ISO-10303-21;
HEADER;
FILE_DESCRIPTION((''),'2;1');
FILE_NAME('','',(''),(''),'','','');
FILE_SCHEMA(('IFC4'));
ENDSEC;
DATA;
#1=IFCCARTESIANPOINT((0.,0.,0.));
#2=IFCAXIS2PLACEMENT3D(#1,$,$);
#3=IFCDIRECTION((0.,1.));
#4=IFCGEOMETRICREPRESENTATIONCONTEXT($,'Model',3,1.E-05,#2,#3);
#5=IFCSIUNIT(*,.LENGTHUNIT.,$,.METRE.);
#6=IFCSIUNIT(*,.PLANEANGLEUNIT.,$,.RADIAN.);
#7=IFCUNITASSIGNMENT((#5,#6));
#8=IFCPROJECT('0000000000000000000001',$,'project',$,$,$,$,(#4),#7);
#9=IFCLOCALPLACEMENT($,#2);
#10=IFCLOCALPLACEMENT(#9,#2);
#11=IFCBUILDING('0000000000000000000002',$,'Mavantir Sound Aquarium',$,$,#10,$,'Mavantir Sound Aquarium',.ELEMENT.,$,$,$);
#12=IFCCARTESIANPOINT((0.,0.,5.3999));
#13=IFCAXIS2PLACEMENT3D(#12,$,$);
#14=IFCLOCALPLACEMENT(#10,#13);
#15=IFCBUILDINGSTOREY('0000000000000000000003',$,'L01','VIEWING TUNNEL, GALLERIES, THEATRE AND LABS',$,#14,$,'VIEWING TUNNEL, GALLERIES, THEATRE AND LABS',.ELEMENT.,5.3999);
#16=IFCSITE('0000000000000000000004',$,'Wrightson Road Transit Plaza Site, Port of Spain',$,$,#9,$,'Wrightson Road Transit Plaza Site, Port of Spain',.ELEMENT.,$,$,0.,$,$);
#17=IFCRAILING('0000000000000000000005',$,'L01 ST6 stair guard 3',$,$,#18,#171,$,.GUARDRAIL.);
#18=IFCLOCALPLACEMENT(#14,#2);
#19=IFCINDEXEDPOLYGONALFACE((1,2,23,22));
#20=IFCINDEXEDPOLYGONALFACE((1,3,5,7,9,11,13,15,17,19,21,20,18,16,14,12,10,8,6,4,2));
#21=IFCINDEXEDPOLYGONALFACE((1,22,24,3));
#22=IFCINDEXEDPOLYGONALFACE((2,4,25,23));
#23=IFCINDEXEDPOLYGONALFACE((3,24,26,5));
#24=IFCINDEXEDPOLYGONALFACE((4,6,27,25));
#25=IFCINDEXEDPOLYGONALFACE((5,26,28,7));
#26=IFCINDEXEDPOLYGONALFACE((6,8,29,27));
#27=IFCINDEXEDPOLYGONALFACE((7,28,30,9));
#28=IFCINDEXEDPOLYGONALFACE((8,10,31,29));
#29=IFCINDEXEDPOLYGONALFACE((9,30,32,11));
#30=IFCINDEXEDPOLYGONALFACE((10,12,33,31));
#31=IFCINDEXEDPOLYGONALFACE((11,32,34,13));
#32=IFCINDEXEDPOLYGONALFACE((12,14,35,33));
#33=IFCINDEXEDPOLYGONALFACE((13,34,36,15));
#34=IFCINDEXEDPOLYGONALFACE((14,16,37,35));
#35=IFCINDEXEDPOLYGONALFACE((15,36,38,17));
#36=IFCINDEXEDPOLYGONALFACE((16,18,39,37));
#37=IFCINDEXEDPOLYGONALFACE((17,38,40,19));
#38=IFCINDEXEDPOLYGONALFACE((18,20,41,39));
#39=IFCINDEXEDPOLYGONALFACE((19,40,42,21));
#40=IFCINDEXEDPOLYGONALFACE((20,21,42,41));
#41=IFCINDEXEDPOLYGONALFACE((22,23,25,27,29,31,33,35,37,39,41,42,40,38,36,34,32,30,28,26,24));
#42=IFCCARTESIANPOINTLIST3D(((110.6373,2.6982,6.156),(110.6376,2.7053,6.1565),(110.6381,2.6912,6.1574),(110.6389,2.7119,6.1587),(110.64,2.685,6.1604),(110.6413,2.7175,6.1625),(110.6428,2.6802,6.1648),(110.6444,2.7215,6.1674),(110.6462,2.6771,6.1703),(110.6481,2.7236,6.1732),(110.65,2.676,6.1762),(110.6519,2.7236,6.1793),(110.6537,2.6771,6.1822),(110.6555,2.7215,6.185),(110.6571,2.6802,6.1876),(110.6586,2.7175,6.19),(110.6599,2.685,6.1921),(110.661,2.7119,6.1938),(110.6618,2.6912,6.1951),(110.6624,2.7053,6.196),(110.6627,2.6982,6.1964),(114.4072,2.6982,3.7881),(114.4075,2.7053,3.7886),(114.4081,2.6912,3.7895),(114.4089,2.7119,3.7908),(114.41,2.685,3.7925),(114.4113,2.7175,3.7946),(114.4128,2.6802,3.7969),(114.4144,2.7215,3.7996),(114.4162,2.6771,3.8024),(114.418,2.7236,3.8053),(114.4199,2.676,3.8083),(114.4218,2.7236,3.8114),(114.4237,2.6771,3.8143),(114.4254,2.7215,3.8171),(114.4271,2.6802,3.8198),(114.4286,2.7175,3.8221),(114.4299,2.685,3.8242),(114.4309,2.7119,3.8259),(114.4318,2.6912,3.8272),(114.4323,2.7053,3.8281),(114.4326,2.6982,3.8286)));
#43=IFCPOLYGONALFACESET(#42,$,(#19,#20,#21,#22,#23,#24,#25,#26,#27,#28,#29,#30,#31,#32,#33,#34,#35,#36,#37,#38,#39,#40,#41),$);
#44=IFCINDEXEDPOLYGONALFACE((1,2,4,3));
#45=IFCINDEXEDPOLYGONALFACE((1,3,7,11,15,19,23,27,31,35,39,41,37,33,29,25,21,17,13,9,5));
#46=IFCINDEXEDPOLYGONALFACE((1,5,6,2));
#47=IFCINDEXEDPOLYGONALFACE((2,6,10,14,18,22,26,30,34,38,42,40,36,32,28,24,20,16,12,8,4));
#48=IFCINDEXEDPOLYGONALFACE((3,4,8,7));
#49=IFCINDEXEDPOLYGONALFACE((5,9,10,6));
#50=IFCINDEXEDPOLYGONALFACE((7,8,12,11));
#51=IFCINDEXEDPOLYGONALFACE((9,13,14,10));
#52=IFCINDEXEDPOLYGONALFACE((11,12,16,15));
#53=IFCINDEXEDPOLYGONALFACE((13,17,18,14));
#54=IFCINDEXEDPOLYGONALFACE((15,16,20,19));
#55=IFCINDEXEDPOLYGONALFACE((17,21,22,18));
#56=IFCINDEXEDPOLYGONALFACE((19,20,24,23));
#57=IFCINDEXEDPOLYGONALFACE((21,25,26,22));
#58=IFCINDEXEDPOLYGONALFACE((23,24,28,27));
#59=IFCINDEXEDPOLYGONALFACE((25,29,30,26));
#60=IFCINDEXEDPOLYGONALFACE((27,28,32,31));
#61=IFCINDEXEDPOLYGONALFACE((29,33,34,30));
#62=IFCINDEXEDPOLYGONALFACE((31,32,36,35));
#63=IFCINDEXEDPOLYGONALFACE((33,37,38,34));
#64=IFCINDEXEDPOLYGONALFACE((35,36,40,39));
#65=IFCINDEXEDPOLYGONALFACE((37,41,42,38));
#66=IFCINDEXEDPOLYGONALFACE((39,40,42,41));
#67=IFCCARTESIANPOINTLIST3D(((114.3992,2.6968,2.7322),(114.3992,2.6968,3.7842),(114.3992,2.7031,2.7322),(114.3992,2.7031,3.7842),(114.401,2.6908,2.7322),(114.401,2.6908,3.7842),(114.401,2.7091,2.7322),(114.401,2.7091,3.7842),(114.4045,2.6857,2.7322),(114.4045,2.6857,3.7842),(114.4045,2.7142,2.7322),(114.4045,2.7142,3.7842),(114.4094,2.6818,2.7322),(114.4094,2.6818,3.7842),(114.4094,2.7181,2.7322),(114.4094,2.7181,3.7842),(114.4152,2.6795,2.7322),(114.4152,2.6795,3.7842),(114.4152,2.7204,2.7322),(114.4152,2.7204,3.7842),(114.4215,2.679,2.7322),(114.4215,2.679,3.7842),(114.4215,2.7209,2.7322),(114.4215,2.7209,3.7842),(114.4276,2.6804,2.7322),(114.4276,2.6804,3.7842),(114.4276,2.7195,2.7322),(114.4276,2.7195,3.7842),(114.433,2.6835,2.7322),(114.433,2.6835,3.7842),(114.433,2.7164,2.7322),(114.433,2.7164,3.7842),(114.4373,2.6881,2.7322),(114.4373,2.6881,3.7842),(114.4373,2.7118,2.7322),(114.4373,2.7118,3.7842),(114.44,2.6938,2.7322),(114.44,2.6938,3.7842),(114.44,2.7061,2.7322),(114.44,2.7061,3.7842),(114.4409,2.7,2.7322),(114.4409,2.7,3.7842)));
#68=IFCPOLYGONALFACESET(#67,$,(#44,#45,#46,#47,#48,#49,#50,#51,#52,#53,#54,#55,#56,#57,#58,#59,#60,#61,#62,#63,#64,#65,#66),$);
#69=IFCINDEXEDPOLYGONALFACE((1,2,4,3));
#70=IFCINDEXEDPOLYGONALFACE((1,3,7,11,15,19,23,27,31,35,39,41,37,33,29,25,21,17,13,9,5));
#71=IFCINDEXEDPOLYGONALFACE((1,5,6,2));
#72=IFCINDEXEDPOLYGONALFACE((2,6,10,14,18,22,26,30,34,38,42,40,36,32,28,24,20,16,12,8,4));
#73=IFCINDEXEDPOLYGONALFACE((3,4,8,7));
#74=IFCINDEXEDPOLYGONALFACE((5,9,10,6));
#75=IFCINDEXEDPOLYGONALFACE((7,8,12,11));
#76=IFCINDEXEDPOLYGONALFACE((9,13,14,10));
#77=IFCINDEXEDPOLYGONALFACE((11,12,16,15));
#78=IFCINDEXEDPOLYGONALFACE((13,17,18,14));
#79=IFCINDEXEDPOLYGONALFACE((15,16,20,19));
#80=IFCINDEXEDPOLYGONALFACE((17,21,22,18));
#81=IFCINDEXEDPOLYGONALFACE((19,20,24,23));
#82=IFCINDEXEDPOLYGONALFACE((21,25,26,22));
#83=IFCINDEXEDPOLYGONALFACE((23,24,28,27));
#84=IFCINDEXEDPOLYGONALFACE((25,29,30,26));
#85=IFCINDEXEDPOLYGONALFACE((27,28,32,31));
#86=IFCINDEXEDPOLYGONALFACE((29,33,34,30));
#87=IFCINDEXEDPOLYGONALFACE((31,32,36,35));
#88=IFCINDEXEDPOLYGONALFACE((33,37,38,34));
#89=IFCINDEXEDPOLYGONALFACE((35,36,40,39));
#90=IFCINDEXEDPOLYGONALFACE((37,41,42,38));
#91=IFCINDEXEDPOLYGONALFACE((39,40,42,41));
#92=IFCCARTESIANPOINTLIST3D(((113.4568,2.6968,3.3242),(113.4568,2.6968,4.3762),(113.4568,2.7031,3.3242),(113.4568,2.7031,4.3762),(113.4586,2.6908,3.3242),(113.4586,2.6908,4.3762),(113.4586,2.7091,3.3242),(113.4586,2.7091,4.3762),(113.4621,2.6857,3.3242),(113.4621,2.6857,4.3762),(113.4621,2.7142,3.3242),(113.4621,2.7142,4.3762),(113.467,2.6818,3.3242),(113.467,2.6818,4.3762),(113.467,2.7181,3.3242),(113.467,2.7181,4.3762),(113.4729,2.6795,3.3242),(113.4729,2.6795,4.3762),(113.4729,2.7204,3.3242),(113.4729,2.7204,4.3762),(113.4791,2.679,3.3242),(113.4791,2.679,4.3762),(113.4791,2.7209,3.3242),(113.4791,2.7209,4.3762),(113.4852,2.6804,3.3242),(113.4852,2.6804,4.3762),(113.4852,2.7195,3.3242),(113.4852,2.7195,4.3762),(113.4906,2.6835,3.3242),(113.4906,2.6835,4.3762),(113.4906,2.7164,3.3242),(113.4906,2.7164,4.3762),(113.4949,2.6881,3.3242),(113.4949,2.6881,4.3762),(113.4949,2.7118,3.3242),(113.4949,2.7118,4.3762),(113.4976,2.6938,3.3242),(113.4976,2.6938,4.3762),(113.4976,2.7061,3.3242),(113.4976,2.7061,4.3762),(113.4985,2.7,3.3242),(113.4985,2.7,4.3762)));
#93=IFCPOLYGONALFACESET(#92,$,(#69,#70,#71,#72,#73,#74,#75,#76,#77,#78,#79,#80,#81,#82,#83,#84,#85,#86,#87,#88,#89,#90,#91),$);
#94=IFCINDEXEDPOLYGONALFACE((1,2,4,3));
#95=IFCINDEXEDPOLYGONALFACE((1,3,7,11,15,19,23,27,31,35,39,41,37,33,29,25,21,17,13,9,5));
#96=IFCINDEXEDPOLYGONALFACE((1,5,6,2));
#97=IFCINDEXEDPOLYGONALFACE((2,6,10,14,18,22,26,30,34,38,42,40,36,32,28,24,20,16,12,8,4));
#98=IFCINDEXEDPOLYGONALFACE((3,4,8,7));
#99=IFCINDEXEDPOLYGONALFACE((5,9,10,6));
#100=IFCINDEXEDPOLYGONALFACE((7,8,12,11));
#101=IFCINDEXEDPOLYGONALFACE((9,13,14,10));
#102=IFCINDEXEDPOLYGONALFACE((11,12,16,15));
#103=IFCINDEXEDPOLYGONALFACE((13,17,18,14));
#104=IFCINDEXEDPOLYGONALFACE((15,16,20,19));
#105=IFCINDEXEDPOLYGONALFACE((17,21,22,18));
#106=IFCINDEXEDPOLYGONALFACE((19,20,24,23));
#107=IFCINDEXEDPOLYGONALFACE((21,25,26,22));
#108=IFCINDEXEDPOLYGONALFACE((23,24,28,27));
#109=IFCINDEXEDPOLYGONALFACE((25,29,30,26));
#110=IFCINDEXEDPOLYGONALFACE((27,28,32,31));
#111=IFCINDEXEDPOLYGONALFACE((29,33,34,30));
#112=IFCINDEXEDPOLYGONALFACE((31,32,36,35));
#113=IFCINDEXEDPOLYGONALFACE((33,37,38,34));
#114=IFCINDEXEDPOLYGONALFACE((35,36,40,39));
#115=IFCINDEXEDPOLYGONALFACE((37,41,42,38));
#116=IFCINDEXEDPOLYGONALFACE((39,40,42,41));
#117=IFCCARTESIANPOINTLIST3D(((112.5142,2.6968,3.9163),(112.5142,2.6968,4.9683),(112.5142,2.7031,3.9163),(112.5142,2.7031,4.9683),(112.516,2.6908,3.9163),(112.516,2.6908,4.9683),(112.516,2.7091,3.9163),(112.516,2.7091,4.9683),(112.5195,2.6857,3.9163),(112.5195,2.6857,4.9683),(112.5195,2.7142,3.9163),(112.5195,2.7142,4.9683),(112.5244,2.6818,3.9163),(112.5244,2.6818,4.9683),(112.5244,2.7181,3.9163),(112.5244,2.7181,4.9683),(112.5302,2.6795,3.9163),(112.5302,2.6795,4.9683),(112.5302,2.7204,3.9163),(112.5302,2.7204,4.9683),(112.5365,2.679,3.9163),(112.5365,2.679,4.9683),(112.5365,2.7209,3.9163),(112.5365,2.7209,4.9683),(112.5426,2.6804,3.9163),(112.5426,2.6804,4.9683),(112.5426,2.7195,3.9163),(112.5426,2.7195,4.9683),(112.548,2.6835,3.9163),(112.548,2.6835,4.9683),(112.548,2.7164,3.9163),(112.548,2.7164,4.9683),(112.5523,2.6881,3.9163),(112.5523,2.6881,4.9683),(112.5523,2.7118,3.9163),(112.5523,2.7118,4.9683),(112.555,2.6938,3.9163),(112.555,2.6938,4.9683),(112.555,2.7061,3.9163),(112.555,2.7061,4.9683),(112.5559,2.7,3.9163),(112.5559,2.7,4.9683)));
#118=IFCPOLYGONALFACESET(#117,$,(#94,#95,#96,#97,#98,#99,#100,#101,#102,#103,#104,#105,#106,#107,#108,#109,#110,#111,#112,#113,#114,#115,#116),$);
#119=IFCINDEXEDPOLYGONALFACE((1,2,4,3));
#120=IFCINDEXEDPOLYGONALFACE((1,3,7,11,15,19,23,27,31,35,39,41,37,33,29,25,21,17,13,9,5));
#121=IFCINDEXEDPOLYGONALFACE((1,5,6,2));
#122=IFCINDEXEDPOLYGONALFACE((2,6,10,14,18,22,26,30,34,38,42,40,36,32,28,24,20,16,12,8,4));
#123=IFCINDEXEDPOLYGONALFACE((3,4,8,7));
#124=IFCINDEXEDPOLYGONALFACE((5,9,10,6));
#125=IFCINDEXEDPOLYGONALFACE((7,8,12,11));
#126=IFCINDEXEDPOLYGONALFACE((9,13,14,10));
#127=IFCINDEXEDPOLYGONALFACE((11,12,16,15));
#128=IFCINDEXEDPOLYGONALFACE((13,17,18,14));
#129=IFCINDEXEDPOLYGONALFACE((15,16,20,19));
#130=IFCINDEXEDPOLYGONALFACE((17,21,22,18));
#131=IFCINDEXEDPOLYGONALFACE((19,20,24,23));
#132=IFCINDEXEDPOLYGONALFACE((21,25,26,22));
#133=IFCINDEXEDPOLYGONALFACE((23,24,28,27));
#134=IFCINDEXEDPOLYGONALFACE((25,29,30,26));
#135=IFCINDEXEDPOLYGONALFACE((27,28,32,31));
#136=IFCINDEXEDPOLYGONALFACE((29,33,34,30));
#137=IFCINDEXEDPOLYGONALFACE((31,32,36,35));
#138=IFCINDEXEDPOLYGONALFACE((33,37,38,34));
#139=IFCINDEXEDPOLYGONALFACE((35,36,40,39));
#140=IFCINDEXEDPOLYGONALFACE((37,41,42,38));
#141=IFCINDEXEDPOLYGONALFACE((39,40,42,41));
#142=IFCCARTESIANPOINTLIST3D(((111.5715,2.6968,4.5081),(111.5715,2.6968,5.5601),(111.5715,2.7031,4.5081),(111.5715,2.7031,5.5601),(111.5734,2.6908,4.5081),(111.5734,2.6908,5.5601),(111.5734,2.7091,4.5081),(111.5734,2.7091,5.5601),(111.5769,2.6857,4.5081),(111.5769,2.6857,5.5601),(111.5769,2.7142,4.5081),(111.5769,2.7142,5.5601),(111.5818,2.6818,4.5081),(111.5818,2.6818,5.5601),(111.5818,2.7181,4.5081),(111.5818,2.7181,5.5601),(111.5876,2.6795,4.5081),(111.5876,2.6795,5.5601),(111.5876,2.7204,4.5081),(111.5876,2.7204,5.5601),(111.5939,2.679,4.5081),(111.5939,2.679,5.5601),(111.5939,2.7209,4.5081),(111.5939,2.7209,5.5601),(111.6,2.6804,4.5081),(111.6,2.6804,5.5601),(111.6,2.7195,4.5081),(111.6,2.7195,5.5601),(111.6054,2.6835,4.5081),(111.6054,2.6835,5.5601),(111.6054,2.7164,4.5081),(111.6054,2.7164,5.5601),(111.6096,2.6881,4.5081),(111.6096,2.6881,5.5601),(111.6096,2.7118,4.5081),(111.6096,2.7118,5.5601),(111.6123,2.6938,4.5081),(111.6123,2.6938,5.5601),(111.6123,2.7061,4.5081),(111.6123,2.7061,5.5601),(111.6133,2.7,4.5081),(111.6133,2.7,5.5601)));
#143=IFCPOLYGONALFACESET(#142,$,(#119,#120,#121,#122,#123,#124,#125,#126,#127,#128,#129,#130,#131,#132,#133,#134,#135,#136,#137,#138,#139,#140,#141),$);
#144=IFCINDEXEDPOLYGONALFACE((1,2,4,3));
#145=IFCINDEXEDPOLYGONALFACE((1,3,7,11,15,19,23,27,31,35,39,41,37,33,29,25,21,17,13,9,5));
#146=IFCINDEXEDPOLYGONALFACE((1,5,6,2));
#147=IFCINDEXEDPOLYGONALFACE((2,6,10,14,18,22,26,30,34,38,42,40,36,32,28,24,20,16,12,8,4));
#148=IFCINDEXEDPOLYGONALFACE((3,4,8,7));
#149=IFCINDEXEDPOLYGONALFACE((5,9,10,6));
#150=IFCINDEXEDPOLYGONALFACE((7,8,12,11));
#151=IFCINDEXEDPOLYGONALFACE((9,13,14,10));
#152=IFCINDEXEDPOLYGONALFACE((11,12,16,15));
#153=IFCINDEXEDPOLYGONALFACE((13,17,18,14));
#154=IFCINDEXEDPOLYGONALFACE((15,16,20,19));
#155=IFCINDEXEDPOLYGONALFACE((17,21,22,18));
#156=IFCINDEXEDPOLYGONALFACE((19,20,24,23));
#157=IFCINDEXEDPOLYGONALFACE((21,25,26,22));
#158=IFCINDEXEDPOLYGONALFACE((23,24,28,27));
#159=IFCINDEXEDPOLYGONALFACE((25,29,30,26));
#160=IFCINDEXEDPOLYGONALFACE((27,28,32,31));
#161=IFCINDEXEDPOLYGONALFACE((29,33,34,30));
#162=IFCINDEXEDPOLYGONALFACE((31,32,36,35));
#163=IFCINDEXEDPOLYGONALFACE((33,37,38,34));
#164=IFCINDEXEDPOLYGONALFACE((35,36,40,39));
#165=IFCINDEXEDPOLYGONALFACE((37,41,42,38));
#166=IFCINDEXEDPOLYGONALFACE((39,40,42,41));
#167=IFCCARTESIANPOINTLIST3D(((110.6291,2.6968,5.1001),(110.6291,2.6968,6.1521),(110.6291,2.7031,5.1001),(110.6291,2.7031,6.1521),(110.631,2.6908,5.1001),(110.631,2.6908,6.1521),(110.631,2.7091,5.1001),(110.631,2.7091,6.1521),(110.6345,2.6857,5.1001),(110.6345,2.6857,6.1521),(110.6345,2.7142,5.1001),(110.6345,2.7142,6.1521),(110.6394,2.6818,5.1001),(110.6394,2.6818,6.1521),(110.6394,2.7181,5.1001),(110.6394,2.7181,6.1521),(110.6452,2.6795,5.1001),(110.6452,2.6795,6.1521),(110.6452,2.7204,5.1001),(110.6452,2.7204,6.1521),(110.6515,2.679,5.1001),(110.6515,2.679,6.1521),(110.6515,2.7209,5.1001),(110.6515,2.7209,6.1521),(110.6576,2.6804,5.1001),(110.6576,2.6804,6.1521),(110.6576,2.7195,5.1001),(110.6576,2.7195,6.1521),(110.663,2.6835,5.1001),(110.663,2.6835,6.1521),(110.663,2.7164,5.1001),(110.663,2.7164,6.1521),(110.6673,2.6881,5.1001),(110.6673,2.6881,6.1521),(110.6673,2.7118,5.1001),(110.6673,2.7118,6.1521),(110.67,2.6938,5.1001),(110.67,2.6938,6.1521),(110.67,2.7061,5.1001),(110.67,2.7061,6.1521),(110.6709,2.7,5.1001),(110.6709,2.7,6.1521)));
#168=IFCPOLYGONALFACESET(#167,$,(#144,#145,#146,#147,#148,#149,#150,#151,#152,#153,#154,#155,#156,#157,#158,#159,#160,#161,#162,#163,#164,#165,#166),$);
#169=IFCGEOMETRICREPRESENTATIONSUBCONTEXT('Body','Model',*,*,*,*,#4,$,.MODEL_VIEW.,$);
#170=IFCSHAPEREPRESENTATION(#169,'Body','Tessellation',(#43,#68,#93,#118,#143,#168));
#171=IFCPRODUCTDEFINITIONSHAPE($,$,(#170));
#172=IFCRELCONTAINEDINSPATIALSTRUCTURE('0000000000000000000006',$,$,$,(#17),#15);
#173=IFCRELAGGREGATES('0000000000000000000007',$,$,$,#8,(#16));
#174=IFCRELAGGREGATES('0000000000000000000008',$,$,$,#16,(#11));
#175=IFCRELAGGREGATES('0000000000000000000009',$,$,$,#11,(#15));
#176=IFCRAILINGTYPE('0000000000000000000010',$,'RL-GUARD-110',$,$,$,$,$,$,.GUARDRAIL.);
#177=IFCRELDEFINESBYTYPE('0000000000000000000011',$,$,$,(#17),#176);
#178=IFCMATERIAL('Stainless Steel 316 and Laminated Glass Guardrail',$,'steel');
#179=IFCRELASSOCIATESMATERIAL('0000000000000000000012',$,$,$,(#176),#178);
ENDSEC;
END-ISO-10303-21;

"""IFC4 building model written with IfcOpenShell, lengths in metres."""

from ifc_helpers import new_model, si_unit, direction, frame, origin, origin_2d, place, context, subcontext, project, spatial, circle, extrude, material, type_object, element, save


model = new_model("IFC4")

# Units and contexts
model_context = context("Model", 3, precision=1e-05, world=origin(), true_north=direction((0.0, 1.0)))
body_context = subcontext(model_context, "Body", "Model", "MODEL_VIEW")
ifc_project = project(units=[si_unit("LENGTHUNIT", "METRE"), si_unit("PLANEANGLEUNIT", "RADIAN")], contexts=[model_context])

# Site, building, storey
site_placement = place(None, origin())
site = spatial("IfcSite", under=ifc_project, at=site_placement, Name="Wrightson Road Transit Plaza Site, Port of Spain", LongName="Wrightson Road Transit Plaza Site, Port of Spain", CompositionType="ELEMENT", RefElevation=0.0)
building_placement = place(site_placement, origin())
building = spatial("IfcBuilding", under=site, at=building_placement, Name="Mavantir Sound Aquarium", LongName="Mavantir Sound Aquarium", CompositionType="ELEMENT")
storey_placement = place(building_placement, frame((0.0, 0.0, 5.3999)))
storey = spatial("IfcBuildingStorey", under=building, at=storey_placement, Name="L01", Description="VIEWING TUNNEL, GALLERIES, THEATRE AND LABS", LongName="VIEWING TUNNEL, GALLERIES, THEATRE AND LABS", CompositionType="ELEMENT", Elevation=5.3999)

# Railing
ifc_material_1 = material(Name="Stainless Steel 316 and Laminated Glass Guardrail", Category="steel")
railing_type_1 = type_object("IfcRailingType", Name="RL-GUARD-110", PredefinedType="GUARDRAIL", material=ifc_material_1)
railing_1_placement = place(storey_placement, frame((114.4199, 2.7, 2.7322)))
element("IfcRailing", 1, at=railing_1_placement, inside=storey, type_object=railing_type_1, Name="L01 ST6 stair guard 3", PredefinedType="GUARDRAIL", context=body_context, shape_type="SweptSolid", body=[
    extrude(circle(Radius=0.0239, at=origin_2d()), frame((0.0, 0.0, 1.0762), z_axis=(-0.846819, 0.0, 0.531881), x_axis=(0.0, -1.0, 0.0)), (0.0, 0.0, 1.0), 4.4519),
    extrude(circle(Radius=0.021, at=origin_2d()), origin(), (0.0, 0.0, 1.0), 1.052),
    extrude(circle(Radius=0.021, at=origin_2d()), frame((-0.9424, 0.0, 0.592)), (0.0, 0.0, 1.0), 1.052),
    extrude(circle(Radius=0.021, at=origin_2d()), frame((-1.885, 0.0, 1.1841)), (0.0, 0.0, 1.0), 1.052),
    extrude(circle(Radius=0.021, at=origin_2d()), frame((-2.8276, 0.0, 1.7759)), (0.0, 0.0, 1.0), 1.052),
    extrude(circle(Radius=0.021, at=origin_2d()), frame((-3.77, 0.0, 2.3679)), (0.0, 0.0, 1.0), 1.052),
])

save(model, "model.ifc")
